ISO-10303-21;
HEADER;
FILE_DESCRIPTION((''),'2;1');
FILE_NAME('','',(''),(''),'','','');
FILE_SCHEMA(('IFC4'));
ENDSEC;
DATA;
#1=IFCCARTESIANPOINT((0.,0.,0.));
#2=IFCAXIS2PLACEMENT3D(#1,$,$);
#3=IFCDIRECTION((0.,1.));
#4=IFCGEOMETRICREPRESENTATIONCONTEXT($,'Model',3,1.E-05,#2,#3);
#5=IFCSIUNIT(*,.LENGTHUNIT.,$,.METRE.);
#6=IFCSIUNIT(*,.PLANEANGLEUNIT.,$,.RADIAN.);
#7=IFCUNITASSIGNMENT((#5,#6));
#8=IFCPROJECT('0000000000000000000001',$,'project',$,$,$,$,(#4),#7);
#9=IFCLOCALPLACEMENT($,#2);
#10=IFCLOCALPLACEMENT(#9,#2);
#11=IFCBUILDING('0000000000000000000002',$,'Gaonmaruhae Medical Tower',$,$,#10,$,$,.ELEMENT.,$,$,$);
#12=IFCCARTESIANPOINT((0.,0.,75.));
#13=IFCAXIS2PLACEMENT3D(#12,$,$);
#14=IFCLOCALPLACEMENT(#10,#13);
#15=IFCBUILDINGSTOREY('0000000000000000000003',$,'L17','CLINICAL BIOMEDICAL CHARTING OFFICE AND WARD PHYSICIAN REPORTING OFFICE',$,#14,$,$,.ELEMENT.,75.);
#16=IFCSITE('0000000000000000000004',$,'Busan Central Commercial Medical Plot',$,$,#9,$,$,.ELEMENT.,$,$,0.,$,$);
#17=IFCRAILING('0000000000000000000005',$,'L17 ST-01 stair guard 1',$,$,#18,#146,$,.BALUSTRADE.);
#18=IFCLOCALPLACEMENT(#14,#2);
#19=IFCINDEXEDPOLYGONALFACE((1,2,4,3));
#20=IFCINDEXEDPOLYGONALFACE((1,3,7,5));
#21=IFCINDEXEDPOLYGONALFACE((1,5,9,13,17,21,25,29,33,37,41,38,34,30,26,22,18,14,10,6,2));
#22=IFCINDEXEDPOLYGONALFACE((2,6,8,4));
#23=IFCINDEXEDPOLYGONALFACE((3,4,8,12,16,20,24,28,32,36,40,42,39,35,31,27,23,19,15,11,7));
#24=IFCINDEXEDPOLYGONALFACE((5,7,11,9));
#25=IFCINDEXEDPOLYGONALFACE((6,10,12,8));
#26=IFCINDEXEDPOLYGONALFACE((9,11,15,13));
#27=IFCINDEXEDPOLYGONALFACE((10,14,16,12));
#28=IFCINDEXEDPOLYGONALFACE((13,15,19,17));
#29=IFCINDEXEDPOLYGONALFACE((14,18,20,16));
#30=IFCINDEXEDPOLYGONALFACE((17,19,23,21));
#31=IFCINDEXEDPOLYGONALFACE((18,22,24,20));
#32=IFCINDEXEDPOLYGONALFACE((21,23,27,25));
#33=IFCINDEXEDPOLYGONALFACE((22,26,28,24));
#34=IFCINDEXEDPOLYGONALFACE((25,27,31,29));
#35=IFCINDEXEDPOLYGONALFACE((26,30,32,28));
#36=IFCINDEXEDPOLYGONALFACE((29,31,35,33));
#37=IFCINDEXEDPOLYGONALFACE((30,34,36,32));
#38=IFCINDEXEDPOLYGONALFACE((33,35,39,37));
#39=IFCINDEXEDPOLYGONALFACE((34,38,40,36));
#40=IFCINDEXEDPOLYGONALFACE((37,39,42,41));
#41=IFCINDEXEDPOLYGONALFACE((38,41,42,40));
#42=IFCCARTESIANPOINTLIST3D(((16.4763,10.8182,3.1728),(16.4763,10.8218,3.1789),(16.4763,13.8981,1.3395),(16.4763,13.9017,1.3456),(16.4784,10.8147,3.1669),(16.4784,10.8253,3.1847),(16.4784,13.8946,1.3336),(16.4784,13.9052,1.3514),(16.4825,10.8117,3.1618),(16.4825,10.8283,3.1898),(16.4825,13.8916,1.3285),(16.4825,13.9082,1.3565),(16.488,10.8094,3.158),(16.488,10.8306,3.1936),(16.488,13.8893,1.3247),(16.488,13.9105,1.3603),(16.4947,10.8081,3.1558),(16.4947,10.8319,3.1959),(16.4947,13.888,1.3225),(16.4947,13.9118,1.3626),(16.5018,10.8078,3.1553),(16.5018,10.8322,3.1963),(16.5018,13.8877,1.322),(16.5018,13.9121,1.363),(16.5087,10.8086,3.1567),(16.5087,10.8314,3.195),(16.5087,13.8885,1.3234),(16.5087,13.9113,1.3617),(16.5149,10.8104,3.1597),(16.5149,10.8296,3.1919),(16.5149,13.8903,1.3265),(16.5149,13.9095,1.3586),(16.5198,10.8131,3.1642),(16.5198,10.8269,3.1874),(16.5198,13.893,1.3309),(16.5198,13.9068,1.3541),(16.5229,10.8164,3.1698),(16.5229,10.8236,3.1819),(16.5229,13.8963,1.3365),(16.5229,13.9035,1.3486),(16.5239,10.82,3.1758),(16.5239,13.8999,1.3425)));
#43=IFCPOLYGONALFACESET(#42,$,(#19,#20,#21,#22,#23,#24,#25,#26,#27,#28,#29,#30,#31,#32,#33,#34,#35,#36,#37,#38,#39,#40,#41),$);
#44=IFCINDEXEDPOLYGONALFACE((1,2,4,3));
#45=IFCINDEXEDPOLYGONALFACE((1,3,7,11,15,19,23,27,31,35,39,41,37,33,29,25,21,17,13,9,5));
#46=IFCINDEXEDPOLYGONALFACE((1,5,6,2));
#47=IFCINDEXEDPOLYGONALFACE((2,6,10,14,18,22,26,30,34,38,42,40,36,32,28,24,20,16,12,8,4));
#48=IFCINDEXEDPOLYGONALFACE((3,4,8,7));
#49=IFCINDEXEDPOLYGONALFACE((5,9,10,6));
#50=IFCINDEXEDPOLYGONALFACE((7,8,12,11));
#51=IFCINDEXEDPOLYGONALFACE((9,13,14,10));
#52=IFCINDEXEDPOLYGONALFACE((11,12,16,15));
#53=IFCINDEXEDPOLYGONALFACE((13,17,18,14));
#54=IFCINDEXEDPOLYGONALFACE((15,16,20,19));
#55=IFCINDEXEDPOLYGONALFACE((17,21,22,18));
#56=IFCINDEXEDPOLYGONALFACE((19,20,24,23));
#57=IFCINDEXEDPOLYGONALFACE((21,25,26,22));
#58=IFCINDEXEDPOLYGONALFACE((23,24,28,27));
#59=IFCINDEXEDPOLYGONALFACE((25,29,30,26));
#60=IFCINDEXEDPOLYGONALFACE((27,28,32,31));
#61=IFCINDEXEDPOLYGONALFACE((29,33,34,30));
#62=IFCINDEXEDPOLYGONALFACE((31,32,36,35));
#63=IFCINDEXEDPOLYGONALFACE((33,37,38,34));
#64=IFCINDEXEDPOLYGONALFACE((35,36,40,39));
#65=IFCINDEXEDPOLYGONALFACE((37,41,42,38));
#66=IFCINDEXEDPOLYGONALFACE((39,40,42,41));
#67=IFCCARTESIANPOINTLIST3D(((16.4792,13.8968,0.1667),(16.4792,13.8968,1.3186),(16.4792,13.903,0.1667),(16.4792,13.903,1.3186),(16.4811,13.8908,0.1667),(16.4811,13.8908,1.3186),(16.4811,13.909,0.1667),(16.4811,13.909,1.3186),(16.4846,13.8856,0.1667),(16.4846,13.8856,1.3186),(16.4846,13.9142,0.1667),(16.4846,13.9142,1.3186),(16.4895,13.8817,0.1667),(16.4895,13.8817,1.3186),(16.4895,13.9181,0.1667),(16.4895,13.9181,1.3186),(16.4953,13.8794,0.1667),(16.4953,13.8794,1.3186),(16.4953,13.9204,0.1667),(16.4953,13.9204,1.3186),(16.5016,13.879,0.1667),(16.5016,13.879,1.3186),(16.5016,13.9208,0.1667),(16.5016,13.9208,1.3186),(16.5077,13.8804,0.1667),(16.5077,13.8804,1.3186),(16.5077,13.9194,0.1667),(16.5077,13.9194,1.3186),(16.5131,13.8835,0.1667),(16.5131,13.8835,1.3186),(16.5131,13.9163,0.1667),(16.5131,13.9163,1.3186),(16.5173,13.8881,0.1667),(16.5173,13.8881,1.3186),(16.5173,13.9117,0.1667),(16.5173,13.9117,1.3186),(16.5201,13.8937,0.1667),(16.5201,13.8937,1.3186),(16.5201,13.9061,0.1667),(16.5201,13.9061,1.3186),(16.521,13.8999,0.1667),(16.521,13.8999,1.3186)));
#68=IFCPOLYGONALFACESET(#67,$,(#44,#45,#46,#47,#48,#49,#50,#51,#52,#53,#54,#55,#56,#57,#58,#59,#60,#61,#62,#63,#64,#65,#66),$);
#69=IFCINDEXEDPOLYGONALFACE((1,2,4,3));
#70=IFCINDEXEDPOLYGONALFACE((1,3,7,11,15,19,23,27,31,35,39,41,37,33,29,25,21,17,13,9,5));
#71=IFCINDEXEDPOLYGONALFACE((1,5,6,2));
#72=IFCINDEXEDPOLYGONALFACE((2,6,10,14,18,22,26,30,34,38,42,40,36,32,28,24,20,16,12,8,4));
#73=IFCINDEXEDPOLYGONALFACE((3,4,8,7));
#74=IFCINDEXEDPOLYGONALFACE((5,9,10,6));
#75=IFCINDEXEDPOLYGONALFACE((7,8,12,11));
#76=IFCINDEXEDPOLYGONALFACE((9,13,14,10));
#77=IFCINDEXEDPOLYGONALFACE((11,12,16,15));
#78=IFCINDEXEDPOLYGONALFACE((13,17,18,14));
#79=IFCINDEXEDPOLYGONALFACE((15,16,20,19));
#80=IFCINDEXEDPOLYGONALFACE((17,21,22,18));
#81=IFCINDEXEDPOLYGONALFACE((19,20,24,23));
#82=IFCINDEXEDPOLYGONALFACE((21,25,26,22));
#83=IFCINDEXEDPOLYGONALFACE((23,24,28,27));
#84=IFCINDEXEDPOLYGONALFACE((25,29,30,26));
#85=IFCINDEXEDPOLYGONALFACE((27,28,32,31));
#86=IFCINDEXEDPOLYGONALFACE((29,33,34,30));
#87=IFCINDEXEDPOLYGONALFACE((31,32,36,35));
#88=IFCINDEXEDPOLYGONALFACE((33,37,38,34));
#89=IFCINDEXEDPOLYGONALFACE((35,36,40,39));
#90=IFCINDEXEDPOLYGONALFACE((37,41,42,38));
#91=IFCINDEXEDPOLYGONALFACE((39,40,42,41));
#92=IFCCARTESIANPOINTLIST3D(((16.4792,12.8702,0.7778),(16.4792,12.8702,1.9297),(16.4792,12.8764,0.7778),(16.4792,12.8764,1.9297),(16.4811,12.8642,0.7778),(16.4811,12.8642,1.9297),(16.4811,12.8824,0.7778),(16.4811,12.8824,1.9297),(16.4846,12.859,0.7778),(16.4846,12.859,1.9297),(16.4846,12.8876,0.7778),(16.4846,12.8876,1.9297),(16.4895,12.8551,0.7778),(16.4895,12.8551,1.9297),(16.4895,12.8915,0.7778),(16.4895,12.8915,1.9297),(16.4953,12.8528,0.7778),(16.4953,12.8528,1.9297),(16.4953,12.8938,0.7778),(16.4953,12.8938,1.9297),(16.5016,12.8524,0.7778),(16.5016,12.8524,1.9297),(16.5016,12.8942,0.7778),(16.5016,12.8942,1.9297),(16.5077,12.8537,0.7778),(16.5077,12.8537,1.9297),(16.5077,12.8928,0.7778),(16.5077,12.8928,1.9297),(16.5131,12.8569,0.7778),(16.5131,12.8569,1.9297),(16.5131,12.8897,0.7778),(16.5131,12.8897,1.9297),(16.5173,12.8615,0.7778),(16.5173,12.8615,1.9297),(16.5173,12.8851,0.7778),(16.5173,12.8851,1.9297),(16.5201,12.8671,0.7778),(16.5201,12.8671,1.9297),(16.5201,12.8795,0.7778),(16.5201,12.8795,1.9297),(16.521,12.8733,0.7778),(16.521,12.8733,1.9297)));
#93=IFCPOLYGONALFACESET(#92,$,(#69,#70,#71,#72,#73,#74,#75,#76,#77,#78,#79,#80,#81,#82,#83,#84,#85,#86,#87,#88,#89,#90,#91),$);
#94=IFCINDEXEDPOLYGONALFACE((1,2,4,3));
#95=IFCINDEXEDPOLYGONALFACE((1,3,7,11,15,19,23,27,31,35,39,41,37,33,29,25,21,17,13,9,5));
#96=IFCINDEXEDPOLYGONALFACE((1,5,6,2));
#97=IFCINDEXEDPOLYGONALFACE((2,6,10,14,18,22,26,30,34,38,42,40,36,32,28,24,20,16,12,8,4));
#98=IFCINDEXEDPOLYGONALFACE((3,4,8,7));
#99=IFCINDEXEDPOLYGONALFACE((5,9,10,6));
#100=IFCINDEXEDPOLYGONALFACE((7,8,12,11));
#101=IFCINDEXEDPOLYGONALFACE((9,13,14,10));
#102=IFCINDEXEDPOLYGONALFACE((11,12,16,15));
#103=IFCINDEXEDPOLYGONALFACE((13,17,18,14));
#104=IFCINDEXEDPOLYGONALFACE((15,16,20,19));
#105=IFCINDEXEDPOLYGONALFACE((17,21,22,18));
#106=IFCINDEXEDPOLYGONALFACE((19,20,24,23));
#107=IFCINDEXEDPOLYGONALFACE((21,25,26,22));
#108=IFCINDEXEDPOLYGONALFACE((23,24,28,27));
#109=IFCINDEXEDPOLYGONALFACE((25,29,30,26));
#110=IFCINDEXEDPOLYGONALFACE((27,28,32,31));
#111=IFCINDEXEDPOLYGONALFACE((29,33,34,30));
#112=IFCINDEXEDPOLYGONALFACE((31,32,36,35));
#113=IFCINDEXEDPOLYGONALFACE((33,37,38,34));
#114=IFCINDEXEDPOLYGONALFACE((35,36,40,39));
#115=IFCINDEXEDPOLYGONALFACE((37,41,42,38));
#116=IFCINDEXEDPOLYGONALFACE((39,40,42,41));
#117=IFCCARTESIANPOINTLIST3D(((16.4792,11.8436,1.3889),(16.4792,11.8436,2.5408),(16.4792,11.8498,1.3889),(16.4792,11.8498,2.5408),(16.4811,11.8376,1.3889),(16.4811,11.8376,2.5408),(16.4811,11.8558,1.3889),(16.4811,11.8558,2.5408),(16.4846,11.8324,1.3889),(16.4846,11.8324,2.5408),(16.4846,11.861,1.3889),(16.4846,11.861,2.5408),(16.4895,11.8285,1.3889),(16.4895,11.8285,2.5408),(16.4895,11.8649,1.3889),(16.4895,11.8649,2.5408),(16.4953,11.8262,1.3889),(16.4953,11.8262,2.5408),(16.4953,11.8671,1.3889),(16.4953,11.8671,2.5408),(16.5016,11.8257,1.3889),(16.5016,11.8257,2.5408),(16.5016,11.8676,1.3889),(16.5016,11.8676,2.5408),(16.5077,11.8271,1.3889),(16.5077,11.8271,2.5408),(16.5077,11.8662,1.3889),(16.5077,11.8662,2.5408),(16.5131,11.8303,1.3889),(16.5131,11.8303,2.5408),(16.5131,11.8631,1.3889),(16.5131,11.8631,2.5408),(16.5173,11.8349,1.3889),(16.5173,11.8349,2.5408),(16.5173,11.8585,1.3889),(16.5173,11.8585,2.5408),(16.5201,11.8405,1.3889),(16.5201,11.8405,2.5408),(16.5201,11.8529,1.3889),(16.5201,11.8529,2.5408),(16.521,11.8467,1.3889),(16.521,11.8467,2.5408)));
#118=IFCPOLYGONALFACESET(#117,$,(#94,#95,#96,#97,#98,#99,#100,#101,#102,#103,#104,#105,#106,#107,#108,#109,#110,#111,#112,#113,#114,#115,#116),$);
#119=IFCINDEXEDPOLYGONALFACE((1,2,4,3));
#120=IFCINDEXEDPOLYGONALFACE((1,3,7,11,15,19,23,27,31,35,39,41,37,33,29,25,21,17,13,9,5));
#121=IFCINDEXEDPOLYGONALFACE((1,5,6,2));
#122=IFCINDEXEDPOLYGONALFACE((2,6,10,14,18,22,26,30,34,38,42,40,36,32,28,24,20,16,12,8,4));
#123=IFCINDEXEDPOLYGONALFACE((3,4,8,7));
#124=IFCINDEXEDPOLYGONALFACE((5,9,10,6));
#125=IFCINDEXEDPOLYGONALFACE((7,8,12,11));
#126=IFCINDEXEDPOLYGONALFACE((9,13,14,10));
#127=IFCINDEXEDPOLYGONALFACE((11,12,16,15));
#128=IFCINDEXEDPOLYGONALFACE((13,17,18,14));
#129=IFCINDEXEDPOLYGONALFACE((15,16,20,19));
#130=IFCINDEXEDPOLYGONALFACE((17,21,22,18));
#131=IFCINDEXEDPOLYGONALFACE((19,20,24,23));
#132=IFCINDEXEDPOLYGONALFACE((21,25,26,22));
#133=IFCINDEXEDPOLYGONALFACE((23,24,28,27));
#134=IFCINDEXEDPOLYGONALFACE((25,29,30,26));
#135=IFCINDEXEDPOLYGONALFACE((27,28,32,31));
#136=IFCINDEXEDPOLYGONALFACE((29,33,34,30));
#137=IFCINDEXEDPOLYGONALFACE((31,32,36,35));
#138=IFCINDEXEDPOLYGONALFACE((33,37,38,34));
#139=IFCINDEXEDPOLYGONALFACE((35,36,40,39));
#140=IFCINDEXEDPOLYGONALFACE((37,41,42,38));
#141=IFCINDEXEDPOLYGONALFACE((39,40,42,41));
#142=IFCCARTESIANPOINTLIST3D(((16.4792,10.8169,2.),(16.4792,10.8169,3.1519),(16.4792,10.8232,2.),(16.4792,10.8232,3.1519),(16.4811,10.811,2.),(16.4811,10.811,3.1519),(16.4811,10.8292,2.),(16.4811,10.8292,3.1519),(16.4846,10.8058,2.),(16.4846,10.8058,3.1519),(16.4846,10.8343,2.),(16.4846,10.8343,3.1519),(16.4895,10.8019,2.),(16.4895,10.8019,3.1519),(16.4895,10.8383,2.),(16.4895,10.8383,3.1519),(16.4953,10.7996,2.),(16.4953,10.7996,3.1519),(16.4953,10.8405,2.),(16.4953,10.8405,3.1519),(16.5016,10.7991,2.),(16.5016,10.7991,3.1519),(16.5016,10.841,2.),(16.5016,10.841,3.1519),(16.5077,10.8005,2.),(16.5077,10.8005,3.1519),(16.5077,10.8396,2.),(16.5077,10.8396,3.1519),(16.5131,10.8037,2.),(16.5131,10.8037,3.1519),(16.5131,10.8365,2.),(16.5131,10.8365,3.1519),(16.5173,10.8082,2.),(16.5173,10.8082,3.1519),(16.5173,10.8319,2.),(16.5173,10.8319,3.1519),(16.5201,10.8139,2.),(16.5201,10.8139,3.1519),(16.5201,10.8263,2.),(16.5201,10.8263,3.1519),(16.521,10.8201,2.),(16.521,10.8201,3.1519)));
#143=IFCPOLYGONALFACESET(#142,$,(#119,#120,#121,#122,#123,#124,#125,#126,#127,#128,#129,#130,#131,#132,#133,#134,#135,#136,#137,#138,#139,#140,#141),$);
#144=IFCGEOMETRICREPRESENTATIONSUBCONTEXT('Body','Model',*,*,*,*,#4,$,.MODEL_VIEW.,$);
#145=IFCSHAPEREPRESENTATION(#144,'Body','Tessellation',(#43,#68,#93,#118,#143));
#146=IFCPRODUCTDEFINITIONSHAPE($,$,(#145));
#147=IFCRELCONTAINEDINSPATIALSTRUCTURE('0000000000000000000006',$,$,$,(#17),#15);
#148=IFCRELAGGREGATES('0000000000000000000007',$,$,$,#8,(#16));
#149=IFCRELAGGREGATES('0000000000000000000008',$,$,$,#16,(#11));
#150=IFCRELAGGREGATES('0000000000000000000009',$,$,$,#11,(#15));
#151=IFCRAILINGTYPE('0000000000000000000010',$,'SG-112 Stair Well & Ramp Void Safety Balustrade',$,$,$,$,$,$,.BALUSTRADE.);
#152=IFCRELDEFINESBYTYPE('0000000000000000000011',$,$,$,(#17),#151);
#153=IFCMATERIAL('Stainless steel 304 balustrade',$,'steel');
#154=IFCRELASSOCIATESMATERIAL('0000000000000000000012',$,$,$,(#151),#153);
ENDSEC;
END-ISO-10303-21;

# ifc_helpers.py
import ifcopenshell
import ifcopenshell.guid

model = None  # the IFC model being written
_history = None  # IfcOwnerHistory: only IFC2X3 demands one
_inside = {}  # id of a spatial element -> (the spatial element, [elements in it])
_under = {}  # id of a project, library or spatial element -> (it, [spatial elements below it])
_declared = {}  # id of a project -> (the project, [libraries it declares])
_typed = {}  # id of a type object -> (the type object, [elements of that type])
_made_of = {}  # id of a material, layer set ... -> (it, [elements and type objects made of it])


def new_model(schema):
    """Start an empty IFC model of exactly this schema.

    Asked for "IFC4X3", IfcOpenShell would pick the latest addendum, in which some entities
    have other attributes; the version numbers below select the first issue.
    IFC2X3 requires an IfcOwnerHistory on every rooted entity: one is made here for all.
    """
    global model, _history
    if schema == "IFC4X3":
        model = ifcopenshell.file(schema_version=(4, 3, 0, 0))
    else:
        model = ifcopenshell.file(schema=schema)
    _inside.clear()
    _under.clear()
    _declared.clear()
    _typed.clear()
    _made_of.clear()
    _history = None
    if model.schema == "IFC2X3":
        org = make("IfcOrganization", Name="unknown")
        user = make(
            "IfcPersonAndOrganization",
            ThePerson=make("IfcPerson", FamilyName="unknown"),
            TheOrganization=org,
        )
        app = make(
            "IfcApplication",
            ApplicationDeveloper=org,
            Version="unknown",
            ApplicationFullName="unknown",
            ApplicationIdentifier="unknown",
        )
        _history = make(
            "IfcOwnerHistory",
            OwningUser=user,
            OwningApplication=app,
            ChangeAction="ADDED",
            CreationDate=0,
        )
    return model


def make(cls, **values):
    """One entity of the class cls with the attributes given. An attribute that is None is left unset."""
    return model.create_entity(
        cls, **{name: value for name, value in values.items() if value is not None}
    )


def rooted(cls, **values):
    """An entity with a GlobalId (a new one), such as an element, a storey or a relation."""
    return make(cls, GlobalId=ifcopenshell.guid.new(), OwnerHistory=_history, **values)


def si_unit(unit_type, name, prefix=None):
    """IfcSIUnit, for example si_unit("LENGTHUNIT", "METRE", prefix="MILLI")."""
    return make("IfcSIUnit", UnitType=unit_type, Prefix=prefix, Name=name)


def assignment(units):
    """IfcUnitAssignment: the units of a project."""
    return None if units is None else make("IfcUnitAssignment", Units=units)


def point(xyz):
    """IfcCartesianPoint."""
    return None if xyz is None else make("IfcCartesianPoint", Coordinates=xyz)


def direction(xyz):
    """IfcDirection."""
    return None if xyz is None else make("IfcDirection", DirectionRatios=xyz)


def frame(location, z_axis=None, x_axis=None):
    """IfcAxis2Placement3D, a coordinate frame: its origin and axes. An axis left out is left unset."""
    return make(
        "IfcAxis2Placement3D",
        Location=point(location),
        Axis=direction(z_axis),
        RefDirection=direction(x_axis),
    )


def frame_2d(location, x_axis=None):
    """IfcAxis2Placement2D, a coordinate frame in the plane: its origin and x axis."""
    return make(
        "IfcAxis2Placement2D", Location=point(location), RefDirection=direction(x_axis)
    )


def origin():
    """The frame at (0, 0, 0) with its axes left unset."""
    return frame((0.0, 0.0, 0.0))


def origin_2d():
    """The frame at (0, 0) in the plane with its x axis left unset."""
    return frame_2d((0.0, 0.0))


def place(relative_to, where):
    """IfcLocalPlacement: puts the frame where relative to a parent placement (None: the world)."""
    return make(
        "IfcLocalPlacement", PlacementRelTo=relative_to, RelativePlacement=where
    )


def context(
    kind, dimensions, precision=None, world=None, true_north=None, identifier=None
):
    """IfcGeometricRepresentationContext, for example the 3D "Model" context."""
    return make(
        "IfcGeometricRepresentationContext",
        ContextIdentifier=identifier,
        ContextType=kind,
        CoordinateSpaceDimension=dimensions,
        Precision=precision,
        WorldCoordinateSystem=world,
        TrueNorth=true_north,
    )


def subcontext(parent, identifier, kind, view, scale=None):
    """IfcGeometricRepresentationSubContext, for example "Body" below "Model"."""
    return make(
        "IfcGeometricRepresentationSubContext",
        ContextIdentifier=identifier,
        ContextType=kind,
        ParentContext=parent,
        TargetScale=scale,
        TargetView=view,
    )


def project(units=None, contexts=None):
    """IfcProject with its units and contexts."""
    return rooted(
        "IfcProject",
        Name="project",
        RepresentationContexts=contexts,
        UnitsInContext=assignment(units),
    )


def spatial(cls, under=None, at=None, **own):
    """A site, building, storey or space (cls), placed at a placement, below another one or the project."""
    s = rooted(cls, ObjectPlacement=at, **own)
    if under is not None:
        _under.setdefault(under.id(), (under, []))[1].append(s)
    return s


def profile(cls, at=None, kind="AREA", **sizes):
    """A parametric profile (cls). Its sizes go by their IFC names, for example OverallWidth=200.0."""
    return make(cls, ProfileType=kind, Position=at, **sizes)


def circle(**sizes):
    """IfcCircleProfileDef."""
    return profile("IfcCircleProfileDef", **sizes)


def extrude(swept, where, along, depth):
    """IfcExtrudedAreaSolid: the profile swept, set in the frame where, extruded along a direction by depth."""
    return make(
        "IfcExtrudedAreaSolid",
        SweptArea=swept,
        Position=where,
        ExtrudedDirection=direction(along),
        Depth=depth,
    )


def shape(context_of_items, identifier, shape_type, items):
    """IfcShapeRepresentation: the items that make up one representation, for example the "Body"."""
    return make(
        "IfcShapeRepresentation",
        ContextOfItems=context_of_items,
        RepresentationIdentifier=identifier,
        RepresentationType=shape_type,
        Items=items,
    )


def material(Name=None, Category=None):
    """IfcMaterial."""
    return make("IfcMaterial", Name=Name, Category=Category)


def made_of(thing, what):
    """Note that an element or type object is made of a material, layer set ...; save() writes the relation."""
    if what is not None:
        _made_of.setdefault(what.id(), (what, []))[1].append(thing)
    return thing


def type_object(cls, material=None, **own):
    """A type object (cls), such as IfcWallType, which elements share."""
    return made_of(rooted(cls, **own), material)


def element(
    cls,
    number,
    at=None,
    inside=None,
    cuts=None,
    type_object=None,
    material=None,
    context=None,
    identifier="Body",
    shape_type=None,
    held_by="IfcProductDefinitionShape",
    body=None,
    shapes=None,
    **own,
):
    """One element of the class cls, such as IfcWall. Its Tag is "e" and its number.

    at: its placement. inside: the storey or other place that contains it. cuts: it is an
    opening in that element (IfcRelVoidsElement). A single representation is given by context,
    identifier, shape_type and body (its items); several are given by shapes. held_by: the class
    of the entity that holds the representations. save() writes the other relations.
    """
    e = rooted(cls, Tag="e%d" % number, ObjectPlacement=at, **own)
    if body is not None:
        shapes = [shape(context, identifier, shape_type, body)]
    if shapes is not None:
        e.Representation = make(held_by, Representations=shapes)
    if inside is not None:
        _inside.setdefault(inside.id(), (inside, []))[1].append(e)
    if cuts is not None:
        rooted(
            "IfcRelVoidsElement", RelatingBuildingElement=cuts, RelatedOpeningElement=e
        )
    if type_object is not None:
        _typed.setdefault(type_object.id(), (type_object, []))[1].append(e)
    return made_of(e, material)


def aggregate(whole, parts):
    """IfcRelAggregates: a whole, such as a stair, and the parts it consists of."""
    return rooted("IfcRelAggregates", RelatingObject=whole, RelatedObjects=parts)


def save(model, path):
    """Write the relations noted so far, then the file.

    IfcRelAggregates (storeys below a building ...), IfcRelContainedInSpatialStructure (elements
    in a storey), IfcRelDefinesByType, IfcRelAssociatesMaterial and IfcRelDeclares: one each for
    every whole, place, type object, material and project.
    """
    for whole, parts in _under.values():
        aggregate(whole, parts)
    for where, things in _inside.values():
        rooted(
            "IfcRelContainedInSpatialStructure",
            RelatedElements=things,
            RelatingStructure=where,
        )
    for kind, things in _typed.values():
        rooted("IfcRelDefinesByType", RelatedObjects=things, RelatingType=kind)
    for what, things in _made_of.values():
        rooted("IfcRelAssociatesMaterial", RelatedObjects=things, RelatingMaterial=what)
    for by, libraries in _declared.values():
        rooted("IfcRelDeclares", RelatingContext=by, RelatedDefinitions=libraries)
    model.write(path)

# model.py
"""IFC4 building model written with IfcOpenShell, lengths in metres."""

from ifc_helpers import new_model, si_unit, direction, frame, origin, origin_2d, place, context, subcontext, project, spatial, circle, extrude, material, type_object, element, save


model = new_model("IFC4")

# Units and contexts
model_context = context("Model", 3, precision=1e-05, world=origin(), true_north=direction((0.0, 1.0)))
body_context = subcontext(model_context, "Body", "Model", "MODEL_VIEW")
ifc_project = project(units=[si_unit("LENGTHUNIT", "METRE"), si_unit("PLANEANGLEUNIT", "RADIAN")], contexts=[model_context])

# Site, building, storey
site_placement = place(None, origin())
site = spatial("IfcSite", under=ifc_project, at=site_placement, Name="Busan Central Commercial Medical Plot", CompositionType="ELEMENT", RefElevation=0.0)
building_placement = place(site_placement, origin())
building = spatial("IfcBuilding", under=site, at=building_placement, Name="Gaonmaruhae Medical Tower", CompositionType="ELEMENT")
storey_placement = place(building_placement, frame((0.0, 0.0, 75.0)))
storey = spatial("IfcBuildingStorey", under=building, at=storey_placement, Name="L17", Description="CLINICAL BIOMEDICAL CHARTING OFFICE AND WARD PHYSICIAN REPORTING OFFICE", CompositionType="ELEMENT", Elevation=75.0)

# Railing
ifc_material_1 = material(Name="Stainless steel 304 balustrade", Category="steel")
railing_type_1 = type_object("IfcRailingType", Name="SG-112 Stair Well & Ramp Void Safety Balustrade", PredefinedType="BALUSTRADE", material=ifc_material_1)
railing_1_placement = place(storey_placement, frame((16.5, 13.8999, 0.1667)))
element("IfcRailing", 1, at=railing_1_placement, inside=storey, type_object=railing_type_1, Name="L17 ST-01 stair guard 1", PredefinedType="BALUSTRADE", context=body_context, shape_type="SweptSolid", body=[
    extrude(circle(Radius=0.0239, at=origin_2d()), frame((0.0, 0.0, 1.1758), z_axis=(0.0, -0.859291, 0.511487), x_axis=(1.0, 0.0, 0.0)), (0.0, 0.0, 1.0), 3.5842),
    extrude(circle(Radius=0.021, at=origin_2d()), origin(), (0.0, 0.0, 1.0), 1.1519),
    extrude(circle(Radius=0.021, at=origin_2d()), frame((0.0, -1.0266, 0.6111)), (0.0, 0.0, 1.0), 1.1519),
    extrude(circle(Radius=0.021, at=origin_2d()), frame((0.0, -2.0532, 1.2222)), (0.0, 0.0, 1.0), 1.1519),
    extrude(circle(Radius=0.021, at=origin_2d()), frame((0.0, -3.0798, 1.8333)), (0.0, 0.0, 1.0), 1.1519),
])

save(model, "model.ifc")
